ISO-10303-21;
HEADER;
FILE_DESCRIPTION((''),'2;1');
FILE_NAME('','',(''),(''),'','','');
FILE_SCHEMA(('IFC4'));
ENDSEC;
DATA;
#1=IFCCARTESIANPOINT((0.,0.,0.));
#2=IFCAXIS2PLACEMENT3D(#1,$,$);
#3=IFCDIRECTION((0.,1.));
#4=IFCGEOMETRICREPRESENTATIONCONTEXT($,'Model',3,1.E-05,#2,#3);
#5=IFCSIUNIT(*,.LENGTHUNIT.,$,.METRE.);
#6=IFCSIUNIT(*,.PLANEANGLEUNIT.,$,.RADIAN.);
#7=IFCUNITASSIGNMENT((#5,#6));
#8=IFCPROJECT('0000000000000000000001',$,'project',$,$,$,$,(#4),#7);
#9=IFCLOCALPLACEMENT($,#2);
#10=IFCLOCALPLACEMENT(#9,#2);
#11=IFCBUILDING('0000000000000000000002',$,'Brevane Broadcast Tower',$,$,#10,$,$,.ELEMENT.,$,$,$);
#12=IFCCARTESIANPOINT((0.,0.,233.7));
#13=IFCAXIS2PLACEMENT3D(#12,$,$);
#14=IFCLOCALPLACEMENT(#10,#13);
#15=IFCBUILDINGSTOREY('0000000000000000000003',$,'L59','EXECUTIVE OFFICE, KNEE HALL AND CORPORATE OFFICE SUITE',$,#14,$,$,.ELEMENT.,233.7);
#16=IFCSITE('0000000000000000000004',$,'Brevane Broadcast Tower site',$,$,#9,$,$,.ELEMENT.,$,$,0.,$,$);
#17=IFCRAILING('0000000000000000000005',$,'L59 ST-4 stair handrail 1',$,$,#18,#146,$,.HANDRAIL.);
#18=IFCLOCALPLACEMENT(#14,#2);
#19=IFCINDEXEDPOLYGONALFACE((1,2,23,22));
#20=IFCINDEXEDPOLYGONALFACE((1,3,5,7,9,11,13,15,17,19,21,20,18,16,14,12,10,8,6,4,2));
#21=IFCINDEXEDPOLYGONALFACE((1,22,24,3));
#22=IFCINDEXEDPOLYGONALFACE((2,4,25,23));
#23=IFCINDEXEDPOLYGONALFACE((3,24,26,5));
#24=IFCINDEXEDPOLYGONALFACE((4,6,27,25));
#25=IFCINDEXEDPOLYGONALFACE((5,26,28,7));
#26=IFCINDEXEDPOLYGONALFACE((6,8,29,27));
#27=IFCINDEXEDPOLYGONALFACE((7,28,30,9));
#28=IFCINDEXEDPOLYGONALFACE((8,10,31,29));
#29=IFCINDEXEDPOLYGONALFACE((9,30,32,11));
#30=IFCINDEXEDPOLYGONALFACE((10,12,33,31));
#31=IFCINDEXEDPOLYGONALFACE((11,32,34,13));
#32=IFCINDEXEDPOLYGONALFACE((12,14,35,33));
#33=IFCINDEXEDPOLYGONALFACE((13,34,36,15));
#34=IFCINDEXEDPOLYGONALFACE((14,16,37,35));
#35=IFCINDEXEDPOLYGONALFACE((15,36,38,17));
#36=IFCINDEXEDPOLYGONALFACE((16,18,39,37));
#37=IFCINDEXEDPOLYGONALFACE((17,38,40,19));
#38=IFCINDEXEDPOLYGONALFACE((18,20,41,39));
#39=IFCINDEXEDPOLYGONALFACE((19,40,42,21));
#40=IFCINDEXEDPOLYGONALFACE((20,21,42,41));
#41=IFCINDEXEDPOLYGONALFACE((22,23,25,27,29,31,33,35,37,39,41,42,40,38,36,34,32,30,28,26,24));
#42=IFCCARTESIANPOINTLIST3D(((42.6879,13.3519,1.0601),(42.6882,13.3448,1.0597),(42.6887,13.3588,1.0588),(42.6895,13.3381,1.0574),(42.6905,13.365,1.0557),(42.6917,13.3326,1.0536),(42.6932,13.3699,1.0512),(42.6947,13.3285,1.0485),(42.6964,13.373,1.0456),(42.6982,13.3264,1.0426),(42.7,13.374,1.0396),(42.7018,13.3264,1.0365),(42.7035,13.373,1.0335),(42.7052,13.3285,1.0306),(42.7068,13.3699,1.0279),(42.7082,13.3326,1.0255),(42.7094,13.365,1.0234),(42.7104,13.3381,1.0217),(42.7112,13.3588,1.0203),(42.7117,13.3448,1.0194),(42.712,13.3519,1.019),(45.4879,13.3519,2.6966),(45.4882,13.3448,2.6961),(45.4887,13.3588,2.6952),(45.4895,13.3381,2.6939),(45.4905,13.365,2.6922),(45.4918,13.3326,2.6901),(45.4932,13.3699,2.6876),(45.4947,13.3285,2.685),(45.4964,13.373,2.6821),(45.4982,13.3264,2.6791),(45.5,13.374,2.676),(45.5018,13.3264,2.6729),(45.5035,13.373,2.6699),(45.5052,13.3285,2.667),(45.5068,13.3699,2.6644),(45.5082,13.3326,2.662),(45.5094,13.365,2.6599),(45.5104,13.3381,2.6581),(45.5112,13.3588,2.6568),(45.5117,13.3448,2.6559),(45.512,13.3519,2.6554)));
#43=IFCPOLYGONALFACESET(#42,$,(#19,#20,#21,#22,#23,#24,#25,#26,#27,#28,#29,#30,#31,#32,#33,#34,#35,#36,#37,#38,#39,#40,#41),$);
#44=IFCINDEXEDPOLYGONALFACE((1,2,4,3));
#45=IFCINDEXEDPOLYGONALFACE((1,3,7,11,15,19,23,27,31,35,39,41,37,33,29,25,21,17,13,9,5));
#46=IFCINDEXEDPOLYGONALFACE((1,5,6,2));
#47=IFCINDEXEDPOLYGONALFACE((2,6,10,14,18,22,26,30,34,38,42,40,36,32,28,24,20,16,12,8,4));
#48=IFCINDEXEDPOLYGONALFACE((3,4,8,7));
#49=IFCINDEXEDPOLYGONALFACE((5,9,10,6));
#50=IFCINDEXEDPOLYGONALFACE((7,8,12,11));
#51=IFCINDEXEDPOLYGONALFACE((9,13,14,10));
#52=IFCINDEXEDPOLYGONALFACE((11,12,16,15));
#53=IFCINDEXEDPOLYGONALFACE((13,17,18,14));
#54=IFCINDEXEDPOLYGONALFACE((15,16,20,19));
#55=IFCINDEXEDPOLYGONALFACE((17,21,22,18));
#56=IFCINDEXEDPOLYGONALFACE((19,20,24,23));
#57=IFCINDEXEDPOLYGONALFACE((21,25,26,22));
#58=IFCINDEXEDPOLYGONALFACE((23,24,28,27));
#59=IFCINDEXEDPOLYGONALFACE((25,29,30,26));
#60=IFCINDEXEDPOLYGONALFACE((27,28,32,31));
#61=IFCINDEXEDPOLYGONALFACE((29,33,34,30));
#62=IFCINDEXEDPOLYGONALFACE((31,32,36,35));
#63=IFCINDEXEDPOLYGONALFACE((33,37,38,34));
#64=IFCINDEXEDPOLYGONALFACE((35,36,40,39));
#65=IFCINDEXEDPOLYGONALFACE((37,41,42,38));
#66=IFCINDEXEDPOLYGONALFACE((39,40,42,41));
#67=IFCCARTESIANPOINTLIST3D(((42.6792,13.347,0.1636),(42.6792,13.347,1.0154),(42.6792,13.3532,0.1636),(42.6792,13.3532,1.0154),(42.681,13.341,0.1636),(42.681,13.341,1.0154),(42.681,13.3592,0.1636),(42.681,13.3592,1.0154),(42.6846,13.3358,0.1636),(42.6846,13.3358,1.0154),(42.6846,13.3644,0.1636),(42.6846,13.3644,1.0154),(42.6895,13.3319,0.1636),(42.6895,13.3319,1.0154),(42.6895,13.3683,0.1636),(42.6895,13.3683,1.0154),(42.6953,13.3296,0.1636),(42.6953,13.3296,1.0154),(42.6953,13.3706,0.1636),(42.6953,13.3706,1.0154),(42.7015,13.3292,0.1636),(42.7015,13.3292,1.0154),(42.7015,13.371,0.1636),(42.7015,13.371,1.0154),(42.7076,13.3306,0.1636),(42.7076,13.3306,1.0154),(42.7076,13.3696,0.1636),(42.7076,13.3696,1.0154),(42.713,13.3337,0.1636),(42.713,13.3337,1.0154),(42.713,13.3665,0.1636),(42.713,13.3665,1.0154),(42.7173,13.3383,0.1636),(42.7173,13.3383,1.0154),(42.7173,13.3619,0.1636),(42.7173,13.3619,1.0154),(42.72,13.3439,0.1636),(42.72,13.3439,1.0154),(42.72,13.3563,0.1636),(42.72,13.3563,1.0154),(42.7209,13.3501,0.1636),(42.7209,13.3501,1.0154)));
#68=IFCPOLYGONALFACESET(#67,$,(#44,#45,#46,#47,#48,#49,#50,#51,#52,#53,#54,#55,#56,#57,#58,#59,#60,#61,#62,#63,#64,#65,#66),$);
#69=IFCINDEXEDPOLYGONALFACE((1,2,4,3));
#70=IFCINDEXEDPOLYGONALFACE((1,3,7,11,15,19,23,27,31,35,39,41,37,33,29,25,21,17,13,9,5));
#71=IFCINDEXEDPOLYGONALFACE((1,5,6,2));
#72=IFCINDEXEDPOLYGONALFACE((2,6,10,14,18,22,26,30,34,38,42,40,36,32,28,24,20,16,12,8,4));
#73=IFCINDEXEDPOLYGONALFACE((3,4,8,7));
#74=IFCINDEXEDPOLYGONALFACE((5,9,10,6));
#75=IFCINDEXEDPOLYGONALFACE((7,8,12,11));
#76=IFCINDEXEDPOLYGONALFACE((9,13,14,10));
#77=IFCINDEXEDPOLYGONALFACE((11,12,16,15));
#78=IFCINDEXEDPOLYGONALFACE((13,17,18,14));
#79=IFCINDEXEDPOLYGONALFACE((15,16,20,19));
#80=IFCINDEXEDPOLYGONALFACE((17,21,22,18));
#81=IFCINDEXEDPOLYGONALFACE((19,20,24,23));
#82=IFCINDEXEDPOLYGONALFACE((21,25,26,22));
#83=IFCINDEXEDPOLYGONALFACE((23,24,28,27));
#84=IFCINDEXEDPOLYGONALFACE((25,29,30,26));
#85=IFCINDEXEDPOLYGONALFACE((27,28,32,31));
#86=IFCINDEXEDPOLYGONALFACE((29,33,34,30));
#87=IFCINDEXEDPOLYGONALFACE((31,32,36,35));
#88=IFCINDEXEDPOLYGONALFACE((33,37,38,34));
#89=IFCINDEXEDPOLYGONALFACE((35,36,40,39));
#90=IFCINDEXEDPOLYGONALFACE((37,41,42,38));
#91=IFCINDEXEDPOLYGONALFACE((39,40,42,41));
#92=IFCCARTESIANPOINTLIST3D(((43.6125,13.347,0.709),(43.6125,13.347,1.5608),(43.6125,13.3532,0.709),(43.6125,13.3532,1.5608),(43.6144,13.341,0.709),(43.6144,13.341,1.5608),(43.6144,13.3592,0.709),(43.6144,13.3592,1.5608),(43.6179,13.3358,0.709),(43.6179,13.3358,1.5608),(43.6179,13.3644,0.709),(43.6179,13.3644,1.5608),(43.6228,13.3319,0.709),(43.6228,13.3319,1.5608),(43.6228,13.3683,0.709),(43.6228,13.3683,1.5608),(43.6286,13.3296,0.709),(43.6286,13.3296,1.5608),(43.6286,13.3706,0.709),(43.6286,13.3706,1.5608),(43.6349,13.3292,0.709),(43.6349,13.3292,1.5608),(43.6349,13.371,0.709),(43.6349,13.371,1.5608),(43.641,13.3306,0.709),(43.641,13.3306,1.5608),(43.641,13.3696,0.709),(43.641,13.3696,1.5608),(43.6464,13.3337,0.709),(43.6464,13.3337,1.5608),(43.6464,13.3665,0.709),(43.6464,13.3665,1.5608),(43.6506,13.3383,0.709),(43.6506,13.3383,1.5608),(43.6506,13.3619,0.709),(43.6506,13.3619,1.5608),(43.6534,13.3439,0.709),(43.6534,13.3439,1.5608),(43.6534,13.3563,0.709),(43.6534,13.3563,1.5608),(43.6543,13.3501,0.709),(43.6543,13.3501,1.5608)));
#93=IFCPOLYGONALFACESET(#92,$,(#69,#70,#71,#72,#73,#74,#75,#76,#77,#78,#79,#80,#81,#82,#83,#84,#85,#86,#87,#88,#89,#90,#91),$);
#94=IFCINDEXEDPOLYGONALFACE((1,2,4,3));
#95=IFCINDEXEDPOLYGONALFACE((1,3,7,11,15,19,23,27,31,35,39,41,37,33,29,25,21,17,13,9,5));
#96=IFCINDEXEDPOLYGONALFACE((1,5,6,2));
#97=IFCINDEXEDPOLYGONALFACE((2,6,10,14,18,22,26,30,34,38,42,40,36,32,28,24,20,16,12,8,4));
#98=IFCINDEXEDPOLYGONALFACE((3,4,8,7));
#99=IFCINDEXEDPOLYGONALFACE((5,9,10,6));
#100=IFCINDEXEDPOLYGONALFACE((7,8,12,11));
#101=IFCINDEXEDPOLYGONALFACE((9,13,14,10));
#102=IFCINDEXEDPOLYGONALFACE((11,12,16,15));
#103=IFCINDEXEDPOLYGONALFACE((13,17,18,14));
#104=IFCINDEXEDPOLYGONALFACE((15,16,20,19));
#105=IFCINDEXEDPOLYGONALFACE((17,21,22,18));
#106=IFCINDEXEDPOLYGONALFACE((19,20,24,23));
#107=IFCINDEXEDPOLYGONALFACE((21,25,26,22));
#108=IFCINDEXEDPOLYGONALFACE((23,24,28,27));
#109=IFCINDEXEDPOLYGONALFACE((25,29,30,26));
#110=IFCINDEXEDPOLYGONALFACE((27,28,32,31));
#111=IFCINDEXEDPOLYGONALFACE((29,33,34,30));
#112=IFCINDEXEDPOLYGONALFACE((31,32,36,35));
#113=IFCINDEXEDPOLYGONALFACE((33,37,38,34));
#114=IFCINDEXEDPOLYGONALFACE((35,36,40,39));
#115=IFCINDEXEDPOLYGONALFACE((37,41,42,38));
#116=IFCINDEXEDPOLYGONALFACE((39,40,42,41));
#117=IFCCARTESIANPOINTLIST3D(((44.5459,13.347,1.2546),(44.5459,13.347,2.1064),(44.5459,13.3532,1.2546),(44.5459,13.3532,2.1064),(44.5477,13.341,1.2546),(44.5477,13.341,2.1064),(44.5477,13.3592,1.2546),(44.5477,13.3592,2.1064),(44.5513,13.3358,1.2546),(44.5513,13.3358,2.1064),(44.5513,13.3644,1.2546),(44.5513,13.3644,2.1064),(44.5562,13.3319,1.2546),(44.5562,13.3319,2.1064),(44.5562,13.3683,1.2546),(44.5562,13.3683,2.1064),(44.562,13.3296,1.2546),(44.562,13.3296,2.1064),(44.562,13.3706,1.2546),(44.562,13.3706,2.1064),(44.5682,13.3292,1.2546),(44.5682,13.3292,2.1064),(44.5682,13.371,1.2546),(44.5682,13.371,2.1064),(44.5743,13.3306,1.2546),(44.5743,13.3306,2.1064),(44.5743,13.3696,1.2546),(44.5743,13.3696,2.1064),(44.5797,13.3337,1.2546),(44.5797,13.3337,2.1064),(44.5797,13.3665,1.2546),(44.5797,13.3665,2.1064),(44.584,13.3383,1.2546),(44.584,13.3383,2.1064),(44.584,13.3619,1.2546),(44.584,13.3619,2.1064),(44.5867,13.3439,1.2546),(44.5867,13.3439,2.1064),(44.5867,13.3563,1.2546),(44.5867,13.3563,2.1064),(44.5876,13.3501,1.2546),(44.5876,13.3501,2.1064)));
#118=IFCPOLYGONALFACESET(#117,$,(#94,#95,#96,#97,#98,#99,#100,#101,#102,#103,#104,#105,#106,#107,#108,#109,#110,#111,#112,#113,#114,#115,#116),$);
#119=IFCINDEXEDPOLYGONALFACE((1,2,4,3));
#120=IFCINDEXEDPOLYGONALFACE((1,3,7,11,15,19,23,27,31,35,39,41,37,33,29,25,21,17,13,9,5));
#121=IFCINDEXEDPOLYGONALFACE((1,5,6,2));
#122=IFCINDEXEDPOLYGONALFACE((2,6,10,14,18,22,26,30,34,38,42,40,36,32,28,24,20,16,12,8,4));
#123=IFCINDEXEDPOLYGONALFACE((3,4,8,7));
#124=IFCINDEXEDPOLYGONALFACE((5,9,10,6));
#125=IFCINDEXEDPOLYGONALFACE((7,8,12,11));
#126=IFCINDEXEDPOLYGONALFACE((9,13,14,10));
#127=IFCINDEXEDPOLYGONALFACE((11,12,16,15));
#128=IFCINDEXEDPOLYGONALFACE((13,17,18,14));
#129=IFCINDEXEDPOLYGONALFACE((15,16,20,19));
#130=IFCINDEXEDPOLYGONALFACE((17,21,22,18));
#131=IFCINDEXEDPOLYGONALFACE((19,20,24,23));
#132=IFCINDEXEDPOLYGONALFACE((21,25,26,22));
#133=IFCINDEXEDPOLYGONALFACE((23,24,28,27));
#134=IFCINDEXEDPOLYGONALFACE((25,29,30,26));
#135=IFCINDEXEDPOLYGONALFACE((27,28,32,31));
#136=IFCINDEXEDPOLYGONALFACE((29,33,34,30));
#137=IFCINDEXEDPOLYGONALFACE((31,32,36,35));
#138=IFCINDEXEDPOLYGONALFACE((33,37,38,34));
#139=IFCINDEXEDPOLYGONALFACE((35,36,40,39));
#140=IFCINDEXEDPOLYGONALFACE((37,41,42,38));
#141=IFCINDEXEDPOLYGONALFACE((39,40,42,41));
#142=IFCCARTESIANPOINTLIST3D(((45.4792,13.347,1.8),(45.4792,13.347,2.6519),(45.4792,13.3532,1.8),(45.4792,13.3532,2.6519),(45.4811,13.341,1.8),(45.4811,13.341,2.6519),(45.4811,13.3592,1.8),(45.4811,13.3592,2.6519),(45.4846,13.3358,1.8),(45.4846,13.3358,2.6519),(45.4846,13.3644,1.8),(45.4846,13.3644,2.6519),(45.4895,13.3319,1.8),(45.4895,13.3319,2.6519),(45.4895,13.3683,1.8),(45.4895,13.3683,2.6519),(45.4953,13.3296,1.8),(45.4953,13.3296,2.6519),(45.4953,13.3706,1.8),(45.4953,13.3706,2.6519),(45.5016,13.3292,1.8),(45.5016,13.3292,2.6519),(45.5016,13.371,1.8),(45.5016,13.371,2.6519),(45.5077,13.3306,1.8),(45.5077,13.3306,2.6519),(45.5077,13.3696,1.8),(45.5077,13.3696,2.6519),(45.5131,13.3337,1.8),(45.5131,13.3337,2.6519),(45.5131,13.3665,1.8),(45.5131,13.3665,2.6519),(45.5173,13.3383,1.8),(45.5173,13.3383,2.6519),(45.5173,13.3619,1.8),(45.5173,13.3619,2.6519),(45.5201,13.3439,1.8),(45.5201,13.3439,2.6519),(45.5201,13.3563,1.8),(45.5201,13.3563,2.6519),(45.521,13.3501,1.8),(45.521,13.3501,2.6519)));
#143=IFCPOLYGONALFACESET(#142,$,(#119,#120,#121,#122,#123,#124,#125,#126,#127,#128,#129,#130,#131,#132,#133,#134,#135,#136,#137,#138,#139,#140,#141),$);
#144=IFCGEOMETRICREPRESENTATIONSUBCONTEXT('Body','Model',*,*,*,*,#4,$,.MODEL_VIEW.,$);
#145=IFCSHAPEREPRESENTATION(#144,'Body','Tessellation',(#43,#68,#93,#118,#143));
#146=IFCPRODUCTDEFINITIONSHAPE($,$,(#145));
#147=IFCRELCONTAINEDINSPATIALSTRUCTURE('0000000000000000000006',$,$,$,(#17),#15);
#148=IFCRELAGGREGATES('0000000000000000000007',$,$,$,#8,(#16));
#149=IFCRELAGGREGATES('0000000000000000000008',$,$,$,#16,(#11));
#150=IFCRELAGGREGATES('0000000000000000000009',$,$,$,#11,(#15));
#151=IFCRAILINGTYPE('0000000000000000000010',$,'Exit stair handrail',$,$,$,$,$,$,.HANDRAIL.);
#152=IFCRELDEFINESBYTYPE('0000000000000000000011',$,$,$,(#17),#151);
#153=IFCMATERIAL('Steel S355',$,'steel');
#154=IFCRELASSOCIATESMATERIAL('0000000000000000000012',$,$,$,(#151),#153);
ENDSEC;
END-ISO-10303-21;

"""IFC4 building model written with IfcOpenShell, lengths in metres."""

from ifc_helpers import new_model, si_unit, direction, frame, origin, origin_2d, place, context, subcontext, project, spatial, circle, extrude, material, type_object, element, save


model = new_model("IFC4")

# Units and contexts
model_context = context("Model", 3, precision=1e-05, world=origin(), true_north=direction((0.0, 1.0)))
body_context = subcontext(model_context, "Body", "Model", "MODEL_VIEW")
ifc_project = project(units=[si_unit("LENGTHUNIT", "METRE"), si_unit("PLANEANGLEUNIT", "RADIAN")], contexts=[model_context])

# Site, building, storey
site_placement = place(None, origin())
site = spatial("IfcSite", under=ifc_project, at=site_placement, Name="Brevane Broadcast Tower site", CompositionType="ELEMENT", RefElevation=0.0)
building_placement = place(site_placement, origin())
building = spatial("IfcBuilding", under=site, at=building_placement, Name="Brevane Broadcast Tower", CompositionType="ELEMENT")
storey_placement = place(building_placement, frame((0.0, 0.0, 233.7)))
storey = spatial("IfcBuildingStorey", under=building, at=storey_placement, Name="L59", Description="EXECUTIVE OFFICE, KNEE HALL AND CORPORATE OFFICE SUITE", CompositionType="ELEMENT", Elevation=233.7)

# Railing
ifc_material_1 = material(Name="Steel S355", Category="steel")
railing_type_1 = type_object("IfcRailingType", Name="Exit stair handrail", PredefinedType="HANDRAIL", material=ifc_material_1)
railing_1_placement = place(storey_placement, frame((42.7, 13.3501, 0.1636)))
element("IfcRailing", 1, at=railing_1_placement, inside=storey, type_object=railing_type_1, Name="L59 ST-4 stair handrail 1", PredefinedType="HANDRAIL", context=body_context, shape_type="SweptSolid", body=[
    extrude(circle(Radius=0.0239, at=origin_2d()), frame((0.0, 0.0, 0.876), z_axis=(0.863361, 0.0, 0.504587), x_axis=(0.0, 1.0, 0.0)), (0.0, 0.0, 1.0), 3.2432),
    extrude(circle(Radius=0.021, at=origin_2d()), origin(), (0.0, 0.0, 1.0), 0.8518),
    extrude(circle(Radius=0.021, at=origin_2d()), frame((0.9333, 0.0, 0.5454)), (0.0, 0.0, 1.0), 0.8518),
    extrude(circle(Radius=0.021, at=origin_2d()), frame((1.8667, 0.0, 1.0911)), (0.0, 0.0, 1.0), 0.8518),
    extrude(circle(Radius=0.021, at=origin_2d()), frame((2.8, 0.0, 1.6365)), (0.0, 0.0, 1.0), 0.8518),
])

save(model, "model.ifc")
